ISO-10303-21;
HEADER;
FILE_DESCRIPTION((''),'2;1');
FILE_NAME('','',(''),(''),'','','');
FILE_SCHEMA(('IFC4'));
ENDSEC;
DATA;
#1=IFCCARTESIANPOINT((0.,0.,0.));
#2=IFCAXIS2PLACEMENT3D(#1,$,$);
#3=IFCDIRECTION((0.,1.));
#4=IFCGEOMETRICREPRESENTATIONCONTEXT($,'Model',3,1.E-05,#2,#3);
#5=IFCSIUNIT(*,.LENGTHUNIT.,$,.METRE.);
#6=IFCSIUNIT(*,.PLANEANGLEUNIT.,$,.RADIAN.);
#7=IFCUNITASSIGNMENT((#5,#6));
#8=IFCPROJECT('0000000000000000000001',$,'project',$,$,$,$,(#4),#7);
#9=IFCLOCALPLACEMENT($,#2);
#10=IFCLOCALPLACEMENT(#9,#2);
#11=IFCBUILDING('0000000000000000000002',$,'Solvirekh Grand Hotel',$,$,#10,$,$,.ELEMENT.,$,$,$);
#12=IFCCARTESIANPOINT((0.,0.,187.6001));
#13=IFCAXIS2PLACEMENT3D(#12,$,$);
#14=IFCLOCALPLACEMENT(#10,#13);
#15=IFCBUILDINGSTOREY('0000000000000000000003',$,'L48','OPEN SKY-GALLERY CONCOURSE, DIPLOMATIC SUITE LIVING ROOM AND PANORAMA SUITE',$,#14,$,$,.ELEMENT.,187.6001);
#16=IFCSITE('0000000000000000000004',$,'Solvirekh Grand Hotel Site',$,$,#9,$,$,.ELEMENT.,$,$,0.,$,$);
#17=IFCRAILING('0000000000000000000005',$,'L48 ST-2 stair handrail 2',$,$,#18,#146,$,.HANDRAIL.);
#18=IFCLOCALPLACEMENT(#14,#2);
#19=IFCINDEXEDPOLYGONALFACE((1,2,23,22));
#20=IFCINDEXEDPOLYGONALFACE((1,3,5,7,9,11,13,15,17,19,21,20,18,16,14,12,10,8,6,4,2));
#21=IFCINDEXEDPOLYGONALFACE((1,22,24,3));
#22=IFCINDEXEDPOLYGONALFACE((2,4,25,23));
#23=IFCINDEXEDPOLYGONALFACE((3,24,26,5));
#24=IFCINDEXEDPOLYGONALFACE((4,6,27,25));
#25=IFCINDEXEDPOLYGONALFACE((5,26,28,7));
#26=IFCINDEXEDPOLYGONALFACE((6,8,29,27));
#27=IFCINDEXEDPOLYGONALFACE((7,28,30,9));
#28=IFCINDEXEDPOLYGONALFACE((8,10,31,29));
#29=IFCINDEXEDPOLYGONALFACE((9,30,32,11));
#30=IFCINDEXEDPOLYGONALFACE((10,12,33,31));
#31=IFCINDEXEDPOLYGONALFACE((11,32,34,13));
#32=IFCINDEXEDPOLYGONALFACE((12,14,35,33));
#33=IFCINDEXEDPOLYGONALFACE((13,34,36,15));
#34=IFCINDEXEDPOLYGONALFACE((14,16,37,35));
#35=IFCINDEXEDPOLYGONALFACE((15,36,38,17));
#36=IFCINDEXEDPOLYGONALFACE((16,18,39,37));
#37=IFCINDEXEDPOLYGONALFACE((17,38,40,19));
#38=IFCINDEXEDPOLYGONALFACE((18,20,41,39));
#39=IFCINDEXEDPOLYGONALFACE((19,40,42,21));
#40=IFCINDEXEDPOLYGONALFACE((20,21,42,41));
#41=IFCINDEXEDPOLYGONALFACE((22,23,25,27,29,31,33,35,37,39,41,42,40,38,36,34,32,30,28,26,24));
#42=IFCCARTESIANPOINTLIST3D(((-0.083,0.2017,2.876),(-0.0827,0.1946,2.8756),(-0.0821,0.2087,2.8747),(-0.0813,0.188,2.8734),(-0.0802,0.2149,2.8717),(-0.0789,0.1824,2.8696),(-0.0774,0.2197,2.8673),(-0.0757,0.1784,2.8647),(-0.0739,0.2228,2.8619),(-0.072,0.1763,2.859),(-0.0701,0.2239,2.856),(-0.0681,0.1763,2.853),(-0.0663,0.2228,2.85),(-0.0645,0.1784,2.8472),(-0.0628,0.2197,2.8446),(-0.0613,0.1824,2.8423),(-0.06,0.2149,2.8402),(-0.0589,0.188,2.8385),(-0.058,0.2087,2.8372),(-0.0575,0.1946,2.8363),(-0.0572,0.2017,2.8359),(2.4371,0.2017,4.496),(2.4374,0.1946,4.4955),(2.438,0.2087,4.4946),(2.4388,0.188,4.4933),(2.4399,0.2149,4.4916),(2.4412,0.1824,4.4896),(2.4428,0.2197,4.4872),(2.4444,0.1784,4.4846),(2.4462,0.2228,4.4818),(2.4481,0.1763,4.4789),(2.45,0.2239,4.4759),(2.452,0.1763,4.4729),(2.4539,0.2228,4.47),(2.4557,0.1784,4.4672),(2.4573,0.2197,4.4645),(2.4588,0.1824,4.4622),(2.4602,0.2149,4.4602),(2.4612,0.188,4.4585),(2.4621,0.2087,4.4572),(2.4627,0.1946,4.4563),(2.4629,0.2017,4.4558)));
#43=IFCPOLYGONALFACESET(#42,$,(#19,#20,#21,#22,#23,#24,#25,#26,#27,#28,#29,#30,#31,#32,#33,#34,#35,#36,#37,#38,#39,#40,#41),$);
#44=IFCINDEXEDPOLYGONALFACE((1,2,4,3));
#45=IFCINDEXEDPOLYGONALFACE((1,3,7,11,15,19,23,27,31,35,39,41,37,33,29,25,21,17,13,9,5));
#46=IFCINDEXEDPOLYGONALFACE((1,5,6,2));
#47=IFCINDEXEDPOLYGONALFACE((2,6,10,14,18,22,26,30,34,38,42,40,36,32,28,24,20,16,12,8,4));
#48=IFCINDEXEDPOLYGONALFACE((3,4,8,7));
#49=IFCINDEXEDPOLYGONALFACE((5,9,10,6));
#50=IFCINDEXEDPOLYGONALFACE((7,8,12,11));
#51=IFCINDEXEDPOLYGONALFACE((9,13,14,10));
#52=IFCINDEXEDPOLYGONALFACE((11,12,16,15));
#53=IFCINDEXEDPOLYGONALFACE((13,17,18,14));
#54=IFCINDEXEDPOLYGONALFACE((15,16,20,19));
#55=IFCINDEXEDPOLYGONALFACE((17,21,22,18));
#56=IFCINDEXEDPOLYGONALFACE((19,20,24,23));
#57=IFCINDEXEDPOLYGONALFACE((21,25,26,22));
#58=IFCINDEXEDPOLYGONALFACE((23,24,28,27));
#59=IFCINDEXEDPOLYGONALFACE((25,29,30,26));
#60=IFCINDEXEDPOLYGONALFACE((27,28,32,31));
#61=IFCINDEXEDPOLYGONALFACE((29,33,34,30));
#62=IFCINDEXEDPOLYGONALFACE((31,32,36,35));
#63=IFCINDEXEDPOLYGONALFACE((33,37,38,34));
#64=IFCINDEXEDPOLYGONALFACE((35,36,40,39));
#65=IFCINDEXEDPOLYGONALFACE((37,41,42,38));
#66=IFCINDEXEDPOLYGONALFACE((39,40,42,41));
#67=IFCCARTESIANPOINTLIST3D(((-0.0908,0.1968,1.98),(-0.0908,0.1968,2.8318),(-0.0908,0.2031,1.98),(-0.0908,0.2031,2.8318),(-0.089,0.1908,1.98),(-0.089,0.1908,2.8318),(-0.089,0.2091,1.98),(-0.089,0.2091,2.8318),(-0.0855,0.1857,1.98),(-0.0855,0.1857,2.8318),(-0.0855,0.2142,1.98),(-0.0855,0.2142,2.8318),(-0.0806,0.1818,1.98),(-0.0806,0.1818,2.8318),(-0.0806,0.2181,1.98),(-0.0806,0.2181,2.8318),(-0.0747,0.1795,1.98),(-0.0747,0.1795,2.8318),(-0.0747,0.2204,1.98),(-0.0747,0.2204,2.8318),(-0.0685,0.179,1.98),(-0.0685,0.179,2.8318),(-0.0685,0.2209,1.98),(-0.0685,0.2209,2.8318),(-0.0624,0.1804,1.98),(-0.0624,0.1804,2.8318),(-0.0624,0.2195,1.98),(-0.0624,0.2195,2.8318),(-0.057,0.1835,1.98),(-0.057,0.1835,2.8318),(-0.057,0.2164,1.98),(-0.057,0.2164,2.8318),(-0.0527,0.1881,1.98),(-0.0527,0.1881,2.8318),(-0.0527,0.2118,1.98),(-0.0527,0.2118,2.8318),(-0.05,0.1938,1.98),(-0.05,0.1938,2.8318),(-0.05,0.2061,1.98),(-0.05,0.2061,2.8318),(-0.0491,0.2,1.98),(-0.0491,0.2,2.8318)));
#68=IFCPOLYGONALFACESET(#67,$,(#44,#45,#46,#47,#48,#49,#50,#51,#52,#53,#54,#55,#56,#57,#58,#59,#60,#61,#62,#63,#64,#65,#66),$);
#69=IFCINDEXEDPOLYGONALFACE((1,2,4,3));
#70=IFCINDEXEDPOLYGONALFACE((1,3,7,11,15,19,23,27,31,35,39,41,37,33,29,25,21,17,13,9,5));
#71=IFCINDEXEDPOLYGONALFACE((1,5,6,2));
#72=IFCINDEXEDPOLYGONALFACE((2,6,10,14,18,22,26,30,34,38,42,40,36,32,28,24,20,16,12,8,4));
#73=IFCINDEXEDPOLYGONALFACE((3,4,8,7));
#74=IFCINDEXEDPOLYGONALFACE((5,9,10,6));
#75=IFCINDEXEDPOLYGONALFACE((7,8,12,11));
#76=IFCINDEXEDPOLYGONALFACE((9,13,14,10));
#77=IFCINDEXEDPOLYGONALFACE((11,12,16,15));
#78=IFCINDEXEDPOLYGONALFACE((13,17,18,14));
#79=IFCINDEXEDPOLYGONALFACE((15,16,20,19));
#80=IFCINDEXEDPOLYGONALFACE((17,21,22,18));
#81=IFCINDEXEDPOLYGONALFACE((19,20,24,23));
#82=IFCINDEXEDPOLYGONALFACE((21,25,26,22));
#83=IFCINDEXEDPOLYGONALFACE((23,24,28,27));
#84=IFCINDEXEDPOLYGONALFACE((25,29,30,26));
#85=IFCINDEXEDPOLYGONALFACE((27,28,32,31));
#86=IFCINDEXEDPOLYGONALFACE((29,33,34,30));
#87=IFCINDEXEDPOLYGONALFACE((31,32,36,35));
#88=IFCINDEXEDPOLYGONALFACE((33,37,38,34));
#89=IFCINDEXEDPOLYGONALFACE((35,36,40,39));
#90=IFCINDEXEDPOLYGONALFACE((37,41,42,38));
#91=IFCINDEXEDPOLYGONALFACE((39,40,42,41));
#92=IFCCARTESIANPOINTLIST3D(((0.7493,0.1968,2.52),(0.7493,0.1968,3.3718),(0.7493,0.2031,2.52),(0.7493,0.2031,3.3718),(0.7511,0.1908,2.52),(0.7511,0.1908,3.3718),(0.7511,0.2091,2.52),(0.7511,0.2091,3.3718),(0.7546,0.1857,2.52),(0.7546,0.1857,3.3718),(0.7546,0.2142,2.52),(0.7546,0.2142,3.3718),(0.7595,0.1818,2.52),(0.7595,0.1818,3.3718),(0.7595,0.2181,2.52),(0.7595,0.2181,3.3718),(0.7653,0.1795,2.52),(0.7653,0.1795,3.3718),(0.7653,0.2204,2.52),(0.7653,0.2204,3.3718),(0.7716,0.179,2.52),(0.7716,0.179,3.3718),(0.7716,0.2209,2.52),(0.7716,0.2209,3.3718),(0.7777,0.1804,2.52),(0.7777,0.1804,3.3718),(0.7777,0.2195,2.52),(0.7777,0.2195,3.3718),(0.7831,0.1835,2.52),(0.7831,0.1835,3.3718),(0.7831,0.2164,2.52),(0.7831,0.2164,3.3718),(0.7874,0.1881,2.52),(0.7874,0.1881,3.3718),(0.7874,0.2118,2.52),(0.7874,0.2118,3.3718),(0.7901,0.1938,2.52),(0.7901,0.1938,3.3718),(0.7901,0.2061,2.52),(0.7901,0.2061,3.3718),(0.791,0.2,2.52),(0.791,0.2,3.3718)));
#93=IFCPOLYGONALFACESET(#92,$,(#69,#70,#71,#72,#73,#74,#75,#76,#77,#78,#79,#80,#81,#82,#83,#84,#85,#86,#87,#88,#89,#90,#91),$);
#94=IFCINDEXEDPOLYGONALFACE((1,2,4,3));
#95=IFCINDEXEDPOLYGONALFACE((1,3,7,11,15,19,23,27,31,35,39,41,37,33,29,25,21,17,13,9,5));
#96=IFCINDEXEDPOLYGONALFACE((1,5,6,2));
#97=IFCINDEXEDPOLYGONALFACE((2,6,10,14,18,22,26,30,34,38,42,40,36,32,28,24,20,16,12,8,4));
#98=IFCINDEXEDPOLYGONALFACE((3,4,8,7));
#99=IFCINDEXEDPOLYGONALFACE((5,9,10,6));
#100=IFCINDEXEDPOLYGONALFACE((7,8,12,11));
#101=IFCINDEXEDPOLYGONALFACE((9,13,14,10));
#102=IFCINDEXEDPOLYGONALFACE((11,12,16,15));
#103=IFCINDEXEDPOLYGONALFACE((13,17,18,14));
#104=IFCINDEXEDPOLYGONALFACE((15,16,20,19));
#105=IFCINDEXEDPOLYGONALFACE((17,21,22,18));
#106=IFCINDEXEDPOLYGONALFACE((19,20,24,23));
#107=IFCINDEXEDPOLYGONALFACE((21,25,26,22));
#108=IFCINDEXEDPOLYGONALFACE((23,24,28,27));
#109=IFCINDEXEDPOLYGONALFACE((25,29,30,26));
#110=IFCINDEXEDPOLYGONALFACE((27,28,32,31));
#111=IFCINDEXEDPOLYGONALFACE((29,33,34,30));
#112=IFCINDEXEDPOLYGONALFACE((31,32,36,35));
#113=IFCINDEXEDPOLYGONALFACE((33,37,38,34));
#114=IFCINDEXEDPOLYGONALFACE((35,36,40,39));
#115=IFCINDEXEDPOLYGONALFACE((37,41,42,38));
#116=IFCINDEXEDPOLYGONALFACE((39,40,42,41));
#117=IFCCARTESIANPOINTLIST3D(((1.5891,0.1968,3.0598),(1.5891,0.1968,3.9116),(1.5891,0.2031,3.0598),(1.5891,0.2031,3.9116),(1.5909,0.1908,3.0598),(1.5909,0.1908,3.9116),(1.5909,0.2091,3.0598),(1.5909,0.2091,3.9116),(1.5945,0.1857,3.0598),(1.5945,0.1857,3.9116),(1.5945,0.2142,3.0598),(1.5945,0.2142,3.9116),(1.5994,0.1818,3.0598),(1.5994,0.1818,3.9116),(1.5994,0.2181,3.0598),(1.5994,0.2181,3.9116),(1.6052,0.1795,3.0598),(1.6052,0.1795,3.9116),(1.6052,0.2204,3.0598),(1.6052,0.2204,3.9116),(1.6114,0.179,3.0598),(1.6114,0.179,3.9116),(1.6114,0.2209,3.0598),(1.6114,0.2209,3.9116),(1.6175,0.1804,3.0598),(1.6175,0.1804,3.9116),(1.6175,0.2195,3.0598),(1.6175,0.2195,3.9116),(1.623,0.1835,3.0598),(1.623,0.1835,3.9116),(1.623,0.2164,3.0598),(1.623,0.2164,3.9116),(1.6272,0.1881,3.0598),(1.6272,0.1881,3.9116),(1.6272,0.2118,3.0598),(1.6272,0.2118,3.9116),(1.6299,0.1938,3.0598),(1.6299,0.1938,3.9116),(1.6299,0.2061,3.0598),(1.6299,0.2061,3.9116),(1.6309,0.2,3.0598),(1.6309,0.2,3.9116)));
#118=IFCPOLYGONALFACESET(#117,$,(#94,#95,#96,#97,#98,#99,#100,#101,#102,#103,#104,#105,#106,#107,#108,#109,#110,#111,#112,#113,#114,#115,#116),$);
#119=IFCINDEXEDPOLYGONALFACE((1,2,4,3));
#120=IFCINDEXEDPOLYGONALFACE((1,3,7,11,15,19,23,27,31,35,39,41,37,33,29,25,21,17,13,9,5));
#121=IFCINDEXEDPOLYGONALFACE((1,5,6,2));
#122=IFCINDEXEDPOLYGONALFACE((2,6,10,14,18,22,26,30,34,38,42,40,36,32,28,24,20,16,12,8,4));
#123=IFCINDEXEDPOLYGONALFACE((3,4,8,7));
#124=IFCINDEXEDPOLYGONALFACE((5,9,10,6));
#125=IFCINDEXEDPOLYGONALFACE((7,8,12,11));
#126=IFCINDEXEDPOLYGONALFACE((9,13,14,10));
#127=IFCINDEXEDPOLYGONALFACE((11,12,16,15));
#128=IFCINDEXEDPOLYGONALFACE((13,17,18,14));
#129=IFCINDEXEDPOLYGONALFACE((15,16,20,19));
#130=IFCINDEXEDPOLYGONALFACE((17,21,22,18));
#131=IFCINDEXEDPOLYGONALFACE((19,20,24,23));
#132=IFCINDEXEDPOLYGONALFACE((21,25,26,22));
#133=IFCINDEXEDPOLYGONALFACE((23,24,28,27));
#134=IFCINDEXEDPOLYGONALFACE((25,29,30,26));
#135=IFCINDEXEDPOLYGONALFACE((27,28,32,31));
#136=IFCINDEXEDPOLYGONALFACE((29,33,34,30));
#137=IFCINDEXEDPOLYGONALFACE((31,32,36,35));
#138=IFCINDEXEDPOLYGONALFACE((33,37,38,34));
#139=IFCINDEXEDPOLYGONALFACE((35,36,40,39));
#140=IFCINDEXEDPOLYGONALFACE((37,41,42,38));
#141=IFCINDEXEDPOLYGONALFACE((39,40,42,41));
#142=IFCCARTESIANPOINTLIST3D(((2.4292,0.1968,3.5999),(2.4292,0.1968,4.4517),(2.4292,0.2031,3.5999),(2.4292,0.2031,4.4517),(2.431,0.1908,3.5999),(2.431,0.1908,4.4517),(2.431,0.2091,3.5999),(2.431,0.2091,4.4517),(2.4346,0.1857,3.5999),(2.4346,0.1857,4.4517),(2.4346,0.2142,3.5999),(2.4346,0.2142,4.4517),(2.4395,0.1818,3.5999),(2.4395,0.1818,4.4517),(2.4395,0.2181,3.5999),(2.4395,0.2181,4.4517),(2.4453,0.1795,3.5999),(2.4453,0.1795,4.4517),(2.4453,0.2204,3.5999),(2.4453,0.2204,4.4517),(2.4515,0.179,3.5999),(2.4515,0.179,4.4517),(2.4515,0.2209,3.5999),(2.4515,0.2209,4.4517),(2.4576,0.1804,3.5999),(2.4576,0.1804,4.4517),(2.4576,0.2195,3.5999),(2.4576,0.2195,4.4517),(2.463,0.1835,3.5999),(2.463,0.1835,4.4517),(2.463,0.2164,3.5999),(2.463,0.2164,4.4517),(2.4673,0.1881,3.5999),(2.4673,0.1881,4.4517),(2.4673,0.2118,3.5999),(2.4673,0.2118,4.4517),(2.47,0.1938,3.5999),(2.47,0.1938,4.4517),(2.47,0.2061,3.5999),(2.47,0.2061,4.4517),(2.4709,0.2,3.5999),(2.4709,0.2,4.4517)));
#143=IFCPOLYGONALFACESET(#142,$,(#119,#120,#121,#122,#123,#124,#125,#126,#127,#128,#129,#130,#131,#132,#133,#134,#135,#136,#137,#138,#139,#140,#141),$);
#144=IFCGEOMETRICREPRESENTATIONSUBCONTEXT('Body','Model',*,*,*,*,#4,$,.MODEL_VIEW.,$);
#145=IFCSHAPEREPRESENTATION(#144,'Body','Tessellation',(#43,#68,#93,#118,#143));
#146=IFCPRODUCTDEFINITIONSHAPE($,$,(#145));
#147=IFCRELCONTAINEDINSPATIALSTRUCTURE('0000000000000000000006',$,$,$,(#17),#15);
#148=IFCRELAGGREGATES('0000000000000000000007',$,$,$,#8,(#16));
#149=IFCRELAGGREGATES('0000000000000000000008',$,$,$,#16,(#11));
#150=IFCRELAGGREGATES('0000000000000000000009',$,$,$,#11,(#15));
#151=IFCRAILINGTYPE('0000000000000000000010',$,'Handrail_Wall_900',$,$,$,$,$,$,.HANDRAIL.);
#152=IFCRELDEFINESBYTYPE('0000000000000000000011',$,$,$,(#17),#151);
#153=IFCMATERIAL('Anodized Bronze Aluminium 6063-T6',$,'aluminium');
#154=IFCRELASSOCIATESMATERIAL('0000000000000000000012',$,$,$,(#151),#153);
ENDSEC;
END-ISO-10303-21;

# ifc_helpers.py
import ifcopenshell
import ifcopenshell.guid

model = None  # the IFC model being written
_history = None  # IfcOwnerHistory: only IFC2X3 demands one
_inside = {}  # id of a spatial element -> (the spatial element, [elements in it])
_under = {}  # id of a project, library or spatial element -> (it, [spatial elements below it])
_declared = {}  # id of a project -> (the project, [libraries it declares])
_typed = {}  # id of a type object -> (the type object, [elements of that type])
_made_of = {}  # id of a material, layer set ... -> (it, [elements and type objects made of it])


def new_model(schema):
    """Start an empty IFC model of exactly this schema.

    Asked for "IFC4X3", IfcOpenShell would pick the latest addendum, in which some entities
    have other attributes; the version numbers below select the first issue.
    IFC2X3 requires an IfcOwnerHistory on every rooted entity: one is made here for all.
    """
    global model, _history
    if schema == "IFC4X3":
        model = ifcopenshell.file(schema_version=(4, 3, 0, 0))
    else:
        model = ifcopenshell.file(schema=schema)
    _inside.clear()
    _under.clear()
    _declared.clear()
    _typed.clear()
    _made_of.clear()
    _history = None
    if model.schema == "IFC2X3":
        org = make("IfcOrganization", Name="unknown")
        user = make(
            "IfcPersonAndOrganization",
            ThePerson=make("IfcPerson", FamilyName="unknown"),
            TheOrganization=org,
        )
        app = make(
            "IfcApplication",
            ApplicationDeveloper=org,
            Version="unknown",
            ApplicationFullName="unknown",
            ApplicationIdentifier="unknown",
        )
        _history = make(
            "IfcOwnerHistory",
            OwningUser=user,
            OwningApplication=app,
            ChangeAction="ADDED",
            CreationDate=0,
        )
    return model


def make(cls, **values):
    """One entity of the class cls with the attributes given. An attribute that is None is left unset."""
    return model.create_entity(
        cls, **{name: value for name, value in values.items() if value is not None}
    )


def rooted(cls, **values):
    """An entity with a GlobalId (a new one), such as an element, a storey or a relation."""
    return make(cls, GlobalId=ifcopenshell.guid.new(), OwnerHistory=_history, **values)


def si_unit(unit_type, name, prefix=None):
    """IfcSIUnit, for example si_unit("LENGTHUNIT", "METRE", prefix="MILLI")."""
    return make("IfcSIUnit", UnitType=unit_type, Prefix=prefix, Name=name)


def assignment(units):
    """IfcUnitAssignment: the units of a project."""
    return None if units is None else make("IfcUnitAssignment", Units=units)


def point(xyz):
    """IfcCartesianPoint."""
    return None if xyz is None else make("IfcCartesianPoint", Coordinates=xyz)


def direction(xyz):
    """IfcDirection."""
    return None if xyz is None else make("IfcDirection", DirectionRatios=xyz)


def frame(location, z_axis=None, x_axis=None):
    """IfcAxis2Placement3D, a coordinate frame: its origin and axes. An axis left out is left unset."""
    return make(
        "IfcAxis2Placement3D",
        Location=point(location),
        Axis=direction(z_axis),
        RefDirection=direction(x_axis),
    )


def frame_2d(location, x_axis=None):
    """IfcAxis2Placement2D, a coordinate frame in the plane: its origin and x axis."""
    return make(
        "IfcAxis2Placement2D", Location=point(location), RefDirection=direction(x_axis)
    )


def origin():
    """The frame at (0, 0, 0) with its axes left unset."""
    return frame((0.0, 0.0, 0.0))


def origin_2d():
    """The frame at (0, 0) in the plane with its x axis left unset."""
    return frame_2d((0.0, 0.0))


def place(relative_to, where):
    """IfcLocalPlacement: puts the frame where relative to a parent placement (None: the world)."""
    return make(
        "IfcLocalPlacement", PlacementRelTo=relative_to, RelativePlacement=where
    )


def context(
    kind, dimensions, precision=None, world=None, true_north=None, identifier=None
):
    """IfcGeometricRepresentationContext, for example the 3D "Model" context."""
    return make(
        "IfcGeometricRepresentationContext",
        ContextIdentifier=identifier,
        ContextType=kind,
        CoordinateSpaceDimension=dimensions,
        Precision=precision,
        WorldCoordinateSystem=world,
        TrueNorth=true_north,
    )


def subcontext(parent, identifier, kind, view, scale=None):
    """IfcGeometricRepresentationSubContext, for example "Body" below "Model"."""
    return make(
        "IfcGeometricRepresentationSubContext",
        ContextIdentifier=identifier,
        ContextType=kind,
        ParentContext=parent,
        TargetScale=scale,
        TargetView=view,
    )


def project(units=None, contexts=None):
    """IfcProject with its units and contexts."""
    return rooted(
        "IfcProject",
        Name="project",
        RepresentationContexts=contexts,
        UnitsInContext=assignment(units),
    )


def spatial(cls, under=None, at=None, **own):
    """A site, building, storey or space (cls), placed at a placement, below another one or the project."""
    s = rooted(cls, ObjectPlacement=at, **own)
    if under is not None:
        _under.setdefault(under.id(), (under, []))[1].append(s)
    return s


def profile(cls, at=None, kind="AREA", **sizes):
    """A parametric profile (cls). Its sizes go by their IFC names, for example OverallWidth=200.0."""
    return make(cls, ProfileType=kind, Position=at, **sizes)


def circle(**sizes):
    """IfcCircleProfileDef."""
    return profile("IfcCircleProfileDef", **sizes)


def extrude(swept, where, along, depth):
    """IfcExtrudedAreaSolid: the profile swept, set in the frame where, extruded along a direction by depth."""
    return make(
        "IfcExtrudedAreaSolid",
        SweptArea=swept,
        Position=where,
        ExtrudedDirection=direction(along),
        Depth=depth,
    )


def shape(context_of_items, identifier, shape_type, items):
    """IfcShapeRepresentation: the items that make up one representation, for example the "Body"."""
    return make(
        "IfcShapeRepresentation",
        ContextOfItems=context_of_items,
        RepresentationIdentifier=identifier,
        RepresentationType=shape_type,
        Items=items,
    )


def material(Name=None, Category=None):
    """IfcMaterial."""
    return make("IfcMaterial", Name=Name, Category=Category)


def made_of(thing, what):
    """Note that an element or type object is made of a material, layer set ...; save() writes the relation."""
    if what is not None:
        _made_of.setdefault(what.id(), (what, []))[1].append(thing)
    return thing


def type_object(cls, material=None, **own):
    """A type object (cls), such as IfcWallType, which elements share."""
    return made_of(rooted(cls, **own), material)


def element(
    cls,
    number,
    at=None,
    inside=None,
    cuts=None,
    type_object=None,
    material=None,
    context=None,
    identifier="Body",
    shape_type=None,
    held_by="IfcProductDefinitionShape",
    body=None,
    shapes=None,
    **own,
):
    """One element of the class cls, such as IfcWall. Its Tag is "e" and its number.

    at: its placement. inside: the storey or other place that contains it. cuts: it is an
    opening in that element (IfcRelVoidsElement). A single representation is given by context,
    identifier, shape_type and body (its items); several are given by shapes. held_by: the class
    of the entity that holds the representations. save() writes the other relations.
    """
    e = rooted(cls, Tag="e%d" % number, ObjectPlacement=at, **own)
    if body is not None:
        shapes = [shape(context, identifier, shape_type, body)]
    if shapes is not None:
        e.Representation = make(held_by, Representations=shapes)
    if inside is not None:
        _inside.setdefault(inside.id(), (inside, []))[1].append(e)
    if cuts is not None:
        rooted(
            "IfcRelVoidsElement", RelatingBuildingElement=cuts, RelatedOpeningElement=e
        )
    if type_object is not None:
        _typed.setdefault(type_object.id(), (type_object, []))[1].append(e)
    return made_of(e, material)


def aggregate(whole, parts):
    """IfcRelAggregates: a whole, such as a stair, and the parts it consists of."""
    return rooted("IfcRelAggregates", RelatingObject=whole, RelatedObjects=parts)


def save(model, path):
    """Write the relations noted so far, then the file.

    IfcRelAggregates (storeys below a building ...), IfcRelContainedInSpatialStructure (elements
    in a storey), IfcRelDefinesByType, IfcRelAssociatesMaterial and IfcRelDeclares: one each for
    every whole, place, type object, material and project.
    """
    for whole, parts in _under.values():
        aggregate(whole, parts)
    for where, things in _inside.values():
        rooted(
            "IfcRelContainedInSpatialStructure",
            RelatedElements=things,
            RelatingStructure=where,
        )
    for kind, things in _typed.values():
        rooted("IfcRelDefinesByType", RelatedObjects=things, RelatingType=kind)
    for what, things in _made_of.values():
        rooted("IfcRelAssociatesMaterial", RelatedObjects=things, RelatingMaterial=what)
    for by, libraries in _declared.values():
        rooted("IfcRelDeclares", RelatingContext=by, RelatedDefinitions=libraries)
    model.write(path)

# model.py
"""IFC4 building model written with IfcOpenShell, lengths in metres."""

from ifc_helpers import new_model, si_unit, direction, frame, origin, origin_2d, place, context, subcontext, project, spatial, circle, extrude, material, type_object, element, save


model = new_model("IFC4")

# Units and contexts
model_context = context("Model", 3, precision=1e-05, world=origin(), true_north=direction((0.0, 1.0)))
body_context = subcontext(model_context, "Body", "Model", "MODEL_VIEW")
ifc_project = project(units=[si_unit("LENGTHUNIT", "METRE"), si_unit("PLANEANGLEUNIT", "RADIAN")], contexts=[model_context])

# Site, building, storey
site_placement = place(None, origin())
site = spatial("IfcSite", under=ifc_project, at=site_placement, Name="Solvirekh Grand Hotel Site", CompositionType="ELEMENT", RefElevation=0.0)
building_placement = place(site_placement, origin())
building = spatial("IfcBuilding", under=site, at=building_placement, Name="Solvirekh Grand Hotel", CompositionType="ELEMENT")
storey_placement = place(building_placement, frame((0.0, 0.0, 187.6001)))
storey = spatial("IfcBuildingStorey", under=building, at=storey_placement, Name="L48", Description="OPEN SKY-GALLERY CONCOURSE, DIPLOMATIC SUITE LIVING ROOM AND PANORAMA SUITE", CompositionType="ELEMENT", Elevation=187.6001)

# Shared definitions
ifc_material_1 = material(Name="Anodized Bronze Aluminium 6063-T6", Category="aluminium")

# Railing
railing_type_1 = type_object("IfcRailingType", Name="Handrail_Wall_900", PredefinedType="HANDRAIL", material=ifc_material_1)
railing_1_placement = place(storey_placement, frame((-0.0701, 0.2, 1.98)))
element("IfcRailing", 1, at=railing_1_placement, inside=storey, type_object=railing_type_1, Name="L48 ST-2 stair handrail 2", PredefinedType="HANDRAIL", context=body_context, shape_type="SweptSolid", body=[
    extrude(circle(Radius=0.0239, at=origin_2d()), frame((0.0, 0.0, 0.876), z_axis=(0.8412, 0.0, 0.540725), x_axis=(0.0, 1.0, 0.0)), (0.0, 0.0, 1.0), 2.9958),
    extrude(circle(Radius=0.021, at=origin_2d()), origin(), (0.0, 0.0, 1.0), 0.8518),
    extrude(circle(Radius=0.021, at=origin_2d()), frame((0.8401, 0.0, 0.54)), (0.0, 0.0, 1.0), 0.8518),
    extrude(circle(Radius=0.021, at=origin_2d()), frame((1.6799, 0.0, 1.0798)), (0.0, 0.0, 1.0), 0.8518),
    extrude(circle(Radius=0.021, at=origin_2d()), frame((2.52, 0.0, 1.6199)), (0.0, 0.0, 1.0), 0.8518),
])

save(model, "model.ifc")
